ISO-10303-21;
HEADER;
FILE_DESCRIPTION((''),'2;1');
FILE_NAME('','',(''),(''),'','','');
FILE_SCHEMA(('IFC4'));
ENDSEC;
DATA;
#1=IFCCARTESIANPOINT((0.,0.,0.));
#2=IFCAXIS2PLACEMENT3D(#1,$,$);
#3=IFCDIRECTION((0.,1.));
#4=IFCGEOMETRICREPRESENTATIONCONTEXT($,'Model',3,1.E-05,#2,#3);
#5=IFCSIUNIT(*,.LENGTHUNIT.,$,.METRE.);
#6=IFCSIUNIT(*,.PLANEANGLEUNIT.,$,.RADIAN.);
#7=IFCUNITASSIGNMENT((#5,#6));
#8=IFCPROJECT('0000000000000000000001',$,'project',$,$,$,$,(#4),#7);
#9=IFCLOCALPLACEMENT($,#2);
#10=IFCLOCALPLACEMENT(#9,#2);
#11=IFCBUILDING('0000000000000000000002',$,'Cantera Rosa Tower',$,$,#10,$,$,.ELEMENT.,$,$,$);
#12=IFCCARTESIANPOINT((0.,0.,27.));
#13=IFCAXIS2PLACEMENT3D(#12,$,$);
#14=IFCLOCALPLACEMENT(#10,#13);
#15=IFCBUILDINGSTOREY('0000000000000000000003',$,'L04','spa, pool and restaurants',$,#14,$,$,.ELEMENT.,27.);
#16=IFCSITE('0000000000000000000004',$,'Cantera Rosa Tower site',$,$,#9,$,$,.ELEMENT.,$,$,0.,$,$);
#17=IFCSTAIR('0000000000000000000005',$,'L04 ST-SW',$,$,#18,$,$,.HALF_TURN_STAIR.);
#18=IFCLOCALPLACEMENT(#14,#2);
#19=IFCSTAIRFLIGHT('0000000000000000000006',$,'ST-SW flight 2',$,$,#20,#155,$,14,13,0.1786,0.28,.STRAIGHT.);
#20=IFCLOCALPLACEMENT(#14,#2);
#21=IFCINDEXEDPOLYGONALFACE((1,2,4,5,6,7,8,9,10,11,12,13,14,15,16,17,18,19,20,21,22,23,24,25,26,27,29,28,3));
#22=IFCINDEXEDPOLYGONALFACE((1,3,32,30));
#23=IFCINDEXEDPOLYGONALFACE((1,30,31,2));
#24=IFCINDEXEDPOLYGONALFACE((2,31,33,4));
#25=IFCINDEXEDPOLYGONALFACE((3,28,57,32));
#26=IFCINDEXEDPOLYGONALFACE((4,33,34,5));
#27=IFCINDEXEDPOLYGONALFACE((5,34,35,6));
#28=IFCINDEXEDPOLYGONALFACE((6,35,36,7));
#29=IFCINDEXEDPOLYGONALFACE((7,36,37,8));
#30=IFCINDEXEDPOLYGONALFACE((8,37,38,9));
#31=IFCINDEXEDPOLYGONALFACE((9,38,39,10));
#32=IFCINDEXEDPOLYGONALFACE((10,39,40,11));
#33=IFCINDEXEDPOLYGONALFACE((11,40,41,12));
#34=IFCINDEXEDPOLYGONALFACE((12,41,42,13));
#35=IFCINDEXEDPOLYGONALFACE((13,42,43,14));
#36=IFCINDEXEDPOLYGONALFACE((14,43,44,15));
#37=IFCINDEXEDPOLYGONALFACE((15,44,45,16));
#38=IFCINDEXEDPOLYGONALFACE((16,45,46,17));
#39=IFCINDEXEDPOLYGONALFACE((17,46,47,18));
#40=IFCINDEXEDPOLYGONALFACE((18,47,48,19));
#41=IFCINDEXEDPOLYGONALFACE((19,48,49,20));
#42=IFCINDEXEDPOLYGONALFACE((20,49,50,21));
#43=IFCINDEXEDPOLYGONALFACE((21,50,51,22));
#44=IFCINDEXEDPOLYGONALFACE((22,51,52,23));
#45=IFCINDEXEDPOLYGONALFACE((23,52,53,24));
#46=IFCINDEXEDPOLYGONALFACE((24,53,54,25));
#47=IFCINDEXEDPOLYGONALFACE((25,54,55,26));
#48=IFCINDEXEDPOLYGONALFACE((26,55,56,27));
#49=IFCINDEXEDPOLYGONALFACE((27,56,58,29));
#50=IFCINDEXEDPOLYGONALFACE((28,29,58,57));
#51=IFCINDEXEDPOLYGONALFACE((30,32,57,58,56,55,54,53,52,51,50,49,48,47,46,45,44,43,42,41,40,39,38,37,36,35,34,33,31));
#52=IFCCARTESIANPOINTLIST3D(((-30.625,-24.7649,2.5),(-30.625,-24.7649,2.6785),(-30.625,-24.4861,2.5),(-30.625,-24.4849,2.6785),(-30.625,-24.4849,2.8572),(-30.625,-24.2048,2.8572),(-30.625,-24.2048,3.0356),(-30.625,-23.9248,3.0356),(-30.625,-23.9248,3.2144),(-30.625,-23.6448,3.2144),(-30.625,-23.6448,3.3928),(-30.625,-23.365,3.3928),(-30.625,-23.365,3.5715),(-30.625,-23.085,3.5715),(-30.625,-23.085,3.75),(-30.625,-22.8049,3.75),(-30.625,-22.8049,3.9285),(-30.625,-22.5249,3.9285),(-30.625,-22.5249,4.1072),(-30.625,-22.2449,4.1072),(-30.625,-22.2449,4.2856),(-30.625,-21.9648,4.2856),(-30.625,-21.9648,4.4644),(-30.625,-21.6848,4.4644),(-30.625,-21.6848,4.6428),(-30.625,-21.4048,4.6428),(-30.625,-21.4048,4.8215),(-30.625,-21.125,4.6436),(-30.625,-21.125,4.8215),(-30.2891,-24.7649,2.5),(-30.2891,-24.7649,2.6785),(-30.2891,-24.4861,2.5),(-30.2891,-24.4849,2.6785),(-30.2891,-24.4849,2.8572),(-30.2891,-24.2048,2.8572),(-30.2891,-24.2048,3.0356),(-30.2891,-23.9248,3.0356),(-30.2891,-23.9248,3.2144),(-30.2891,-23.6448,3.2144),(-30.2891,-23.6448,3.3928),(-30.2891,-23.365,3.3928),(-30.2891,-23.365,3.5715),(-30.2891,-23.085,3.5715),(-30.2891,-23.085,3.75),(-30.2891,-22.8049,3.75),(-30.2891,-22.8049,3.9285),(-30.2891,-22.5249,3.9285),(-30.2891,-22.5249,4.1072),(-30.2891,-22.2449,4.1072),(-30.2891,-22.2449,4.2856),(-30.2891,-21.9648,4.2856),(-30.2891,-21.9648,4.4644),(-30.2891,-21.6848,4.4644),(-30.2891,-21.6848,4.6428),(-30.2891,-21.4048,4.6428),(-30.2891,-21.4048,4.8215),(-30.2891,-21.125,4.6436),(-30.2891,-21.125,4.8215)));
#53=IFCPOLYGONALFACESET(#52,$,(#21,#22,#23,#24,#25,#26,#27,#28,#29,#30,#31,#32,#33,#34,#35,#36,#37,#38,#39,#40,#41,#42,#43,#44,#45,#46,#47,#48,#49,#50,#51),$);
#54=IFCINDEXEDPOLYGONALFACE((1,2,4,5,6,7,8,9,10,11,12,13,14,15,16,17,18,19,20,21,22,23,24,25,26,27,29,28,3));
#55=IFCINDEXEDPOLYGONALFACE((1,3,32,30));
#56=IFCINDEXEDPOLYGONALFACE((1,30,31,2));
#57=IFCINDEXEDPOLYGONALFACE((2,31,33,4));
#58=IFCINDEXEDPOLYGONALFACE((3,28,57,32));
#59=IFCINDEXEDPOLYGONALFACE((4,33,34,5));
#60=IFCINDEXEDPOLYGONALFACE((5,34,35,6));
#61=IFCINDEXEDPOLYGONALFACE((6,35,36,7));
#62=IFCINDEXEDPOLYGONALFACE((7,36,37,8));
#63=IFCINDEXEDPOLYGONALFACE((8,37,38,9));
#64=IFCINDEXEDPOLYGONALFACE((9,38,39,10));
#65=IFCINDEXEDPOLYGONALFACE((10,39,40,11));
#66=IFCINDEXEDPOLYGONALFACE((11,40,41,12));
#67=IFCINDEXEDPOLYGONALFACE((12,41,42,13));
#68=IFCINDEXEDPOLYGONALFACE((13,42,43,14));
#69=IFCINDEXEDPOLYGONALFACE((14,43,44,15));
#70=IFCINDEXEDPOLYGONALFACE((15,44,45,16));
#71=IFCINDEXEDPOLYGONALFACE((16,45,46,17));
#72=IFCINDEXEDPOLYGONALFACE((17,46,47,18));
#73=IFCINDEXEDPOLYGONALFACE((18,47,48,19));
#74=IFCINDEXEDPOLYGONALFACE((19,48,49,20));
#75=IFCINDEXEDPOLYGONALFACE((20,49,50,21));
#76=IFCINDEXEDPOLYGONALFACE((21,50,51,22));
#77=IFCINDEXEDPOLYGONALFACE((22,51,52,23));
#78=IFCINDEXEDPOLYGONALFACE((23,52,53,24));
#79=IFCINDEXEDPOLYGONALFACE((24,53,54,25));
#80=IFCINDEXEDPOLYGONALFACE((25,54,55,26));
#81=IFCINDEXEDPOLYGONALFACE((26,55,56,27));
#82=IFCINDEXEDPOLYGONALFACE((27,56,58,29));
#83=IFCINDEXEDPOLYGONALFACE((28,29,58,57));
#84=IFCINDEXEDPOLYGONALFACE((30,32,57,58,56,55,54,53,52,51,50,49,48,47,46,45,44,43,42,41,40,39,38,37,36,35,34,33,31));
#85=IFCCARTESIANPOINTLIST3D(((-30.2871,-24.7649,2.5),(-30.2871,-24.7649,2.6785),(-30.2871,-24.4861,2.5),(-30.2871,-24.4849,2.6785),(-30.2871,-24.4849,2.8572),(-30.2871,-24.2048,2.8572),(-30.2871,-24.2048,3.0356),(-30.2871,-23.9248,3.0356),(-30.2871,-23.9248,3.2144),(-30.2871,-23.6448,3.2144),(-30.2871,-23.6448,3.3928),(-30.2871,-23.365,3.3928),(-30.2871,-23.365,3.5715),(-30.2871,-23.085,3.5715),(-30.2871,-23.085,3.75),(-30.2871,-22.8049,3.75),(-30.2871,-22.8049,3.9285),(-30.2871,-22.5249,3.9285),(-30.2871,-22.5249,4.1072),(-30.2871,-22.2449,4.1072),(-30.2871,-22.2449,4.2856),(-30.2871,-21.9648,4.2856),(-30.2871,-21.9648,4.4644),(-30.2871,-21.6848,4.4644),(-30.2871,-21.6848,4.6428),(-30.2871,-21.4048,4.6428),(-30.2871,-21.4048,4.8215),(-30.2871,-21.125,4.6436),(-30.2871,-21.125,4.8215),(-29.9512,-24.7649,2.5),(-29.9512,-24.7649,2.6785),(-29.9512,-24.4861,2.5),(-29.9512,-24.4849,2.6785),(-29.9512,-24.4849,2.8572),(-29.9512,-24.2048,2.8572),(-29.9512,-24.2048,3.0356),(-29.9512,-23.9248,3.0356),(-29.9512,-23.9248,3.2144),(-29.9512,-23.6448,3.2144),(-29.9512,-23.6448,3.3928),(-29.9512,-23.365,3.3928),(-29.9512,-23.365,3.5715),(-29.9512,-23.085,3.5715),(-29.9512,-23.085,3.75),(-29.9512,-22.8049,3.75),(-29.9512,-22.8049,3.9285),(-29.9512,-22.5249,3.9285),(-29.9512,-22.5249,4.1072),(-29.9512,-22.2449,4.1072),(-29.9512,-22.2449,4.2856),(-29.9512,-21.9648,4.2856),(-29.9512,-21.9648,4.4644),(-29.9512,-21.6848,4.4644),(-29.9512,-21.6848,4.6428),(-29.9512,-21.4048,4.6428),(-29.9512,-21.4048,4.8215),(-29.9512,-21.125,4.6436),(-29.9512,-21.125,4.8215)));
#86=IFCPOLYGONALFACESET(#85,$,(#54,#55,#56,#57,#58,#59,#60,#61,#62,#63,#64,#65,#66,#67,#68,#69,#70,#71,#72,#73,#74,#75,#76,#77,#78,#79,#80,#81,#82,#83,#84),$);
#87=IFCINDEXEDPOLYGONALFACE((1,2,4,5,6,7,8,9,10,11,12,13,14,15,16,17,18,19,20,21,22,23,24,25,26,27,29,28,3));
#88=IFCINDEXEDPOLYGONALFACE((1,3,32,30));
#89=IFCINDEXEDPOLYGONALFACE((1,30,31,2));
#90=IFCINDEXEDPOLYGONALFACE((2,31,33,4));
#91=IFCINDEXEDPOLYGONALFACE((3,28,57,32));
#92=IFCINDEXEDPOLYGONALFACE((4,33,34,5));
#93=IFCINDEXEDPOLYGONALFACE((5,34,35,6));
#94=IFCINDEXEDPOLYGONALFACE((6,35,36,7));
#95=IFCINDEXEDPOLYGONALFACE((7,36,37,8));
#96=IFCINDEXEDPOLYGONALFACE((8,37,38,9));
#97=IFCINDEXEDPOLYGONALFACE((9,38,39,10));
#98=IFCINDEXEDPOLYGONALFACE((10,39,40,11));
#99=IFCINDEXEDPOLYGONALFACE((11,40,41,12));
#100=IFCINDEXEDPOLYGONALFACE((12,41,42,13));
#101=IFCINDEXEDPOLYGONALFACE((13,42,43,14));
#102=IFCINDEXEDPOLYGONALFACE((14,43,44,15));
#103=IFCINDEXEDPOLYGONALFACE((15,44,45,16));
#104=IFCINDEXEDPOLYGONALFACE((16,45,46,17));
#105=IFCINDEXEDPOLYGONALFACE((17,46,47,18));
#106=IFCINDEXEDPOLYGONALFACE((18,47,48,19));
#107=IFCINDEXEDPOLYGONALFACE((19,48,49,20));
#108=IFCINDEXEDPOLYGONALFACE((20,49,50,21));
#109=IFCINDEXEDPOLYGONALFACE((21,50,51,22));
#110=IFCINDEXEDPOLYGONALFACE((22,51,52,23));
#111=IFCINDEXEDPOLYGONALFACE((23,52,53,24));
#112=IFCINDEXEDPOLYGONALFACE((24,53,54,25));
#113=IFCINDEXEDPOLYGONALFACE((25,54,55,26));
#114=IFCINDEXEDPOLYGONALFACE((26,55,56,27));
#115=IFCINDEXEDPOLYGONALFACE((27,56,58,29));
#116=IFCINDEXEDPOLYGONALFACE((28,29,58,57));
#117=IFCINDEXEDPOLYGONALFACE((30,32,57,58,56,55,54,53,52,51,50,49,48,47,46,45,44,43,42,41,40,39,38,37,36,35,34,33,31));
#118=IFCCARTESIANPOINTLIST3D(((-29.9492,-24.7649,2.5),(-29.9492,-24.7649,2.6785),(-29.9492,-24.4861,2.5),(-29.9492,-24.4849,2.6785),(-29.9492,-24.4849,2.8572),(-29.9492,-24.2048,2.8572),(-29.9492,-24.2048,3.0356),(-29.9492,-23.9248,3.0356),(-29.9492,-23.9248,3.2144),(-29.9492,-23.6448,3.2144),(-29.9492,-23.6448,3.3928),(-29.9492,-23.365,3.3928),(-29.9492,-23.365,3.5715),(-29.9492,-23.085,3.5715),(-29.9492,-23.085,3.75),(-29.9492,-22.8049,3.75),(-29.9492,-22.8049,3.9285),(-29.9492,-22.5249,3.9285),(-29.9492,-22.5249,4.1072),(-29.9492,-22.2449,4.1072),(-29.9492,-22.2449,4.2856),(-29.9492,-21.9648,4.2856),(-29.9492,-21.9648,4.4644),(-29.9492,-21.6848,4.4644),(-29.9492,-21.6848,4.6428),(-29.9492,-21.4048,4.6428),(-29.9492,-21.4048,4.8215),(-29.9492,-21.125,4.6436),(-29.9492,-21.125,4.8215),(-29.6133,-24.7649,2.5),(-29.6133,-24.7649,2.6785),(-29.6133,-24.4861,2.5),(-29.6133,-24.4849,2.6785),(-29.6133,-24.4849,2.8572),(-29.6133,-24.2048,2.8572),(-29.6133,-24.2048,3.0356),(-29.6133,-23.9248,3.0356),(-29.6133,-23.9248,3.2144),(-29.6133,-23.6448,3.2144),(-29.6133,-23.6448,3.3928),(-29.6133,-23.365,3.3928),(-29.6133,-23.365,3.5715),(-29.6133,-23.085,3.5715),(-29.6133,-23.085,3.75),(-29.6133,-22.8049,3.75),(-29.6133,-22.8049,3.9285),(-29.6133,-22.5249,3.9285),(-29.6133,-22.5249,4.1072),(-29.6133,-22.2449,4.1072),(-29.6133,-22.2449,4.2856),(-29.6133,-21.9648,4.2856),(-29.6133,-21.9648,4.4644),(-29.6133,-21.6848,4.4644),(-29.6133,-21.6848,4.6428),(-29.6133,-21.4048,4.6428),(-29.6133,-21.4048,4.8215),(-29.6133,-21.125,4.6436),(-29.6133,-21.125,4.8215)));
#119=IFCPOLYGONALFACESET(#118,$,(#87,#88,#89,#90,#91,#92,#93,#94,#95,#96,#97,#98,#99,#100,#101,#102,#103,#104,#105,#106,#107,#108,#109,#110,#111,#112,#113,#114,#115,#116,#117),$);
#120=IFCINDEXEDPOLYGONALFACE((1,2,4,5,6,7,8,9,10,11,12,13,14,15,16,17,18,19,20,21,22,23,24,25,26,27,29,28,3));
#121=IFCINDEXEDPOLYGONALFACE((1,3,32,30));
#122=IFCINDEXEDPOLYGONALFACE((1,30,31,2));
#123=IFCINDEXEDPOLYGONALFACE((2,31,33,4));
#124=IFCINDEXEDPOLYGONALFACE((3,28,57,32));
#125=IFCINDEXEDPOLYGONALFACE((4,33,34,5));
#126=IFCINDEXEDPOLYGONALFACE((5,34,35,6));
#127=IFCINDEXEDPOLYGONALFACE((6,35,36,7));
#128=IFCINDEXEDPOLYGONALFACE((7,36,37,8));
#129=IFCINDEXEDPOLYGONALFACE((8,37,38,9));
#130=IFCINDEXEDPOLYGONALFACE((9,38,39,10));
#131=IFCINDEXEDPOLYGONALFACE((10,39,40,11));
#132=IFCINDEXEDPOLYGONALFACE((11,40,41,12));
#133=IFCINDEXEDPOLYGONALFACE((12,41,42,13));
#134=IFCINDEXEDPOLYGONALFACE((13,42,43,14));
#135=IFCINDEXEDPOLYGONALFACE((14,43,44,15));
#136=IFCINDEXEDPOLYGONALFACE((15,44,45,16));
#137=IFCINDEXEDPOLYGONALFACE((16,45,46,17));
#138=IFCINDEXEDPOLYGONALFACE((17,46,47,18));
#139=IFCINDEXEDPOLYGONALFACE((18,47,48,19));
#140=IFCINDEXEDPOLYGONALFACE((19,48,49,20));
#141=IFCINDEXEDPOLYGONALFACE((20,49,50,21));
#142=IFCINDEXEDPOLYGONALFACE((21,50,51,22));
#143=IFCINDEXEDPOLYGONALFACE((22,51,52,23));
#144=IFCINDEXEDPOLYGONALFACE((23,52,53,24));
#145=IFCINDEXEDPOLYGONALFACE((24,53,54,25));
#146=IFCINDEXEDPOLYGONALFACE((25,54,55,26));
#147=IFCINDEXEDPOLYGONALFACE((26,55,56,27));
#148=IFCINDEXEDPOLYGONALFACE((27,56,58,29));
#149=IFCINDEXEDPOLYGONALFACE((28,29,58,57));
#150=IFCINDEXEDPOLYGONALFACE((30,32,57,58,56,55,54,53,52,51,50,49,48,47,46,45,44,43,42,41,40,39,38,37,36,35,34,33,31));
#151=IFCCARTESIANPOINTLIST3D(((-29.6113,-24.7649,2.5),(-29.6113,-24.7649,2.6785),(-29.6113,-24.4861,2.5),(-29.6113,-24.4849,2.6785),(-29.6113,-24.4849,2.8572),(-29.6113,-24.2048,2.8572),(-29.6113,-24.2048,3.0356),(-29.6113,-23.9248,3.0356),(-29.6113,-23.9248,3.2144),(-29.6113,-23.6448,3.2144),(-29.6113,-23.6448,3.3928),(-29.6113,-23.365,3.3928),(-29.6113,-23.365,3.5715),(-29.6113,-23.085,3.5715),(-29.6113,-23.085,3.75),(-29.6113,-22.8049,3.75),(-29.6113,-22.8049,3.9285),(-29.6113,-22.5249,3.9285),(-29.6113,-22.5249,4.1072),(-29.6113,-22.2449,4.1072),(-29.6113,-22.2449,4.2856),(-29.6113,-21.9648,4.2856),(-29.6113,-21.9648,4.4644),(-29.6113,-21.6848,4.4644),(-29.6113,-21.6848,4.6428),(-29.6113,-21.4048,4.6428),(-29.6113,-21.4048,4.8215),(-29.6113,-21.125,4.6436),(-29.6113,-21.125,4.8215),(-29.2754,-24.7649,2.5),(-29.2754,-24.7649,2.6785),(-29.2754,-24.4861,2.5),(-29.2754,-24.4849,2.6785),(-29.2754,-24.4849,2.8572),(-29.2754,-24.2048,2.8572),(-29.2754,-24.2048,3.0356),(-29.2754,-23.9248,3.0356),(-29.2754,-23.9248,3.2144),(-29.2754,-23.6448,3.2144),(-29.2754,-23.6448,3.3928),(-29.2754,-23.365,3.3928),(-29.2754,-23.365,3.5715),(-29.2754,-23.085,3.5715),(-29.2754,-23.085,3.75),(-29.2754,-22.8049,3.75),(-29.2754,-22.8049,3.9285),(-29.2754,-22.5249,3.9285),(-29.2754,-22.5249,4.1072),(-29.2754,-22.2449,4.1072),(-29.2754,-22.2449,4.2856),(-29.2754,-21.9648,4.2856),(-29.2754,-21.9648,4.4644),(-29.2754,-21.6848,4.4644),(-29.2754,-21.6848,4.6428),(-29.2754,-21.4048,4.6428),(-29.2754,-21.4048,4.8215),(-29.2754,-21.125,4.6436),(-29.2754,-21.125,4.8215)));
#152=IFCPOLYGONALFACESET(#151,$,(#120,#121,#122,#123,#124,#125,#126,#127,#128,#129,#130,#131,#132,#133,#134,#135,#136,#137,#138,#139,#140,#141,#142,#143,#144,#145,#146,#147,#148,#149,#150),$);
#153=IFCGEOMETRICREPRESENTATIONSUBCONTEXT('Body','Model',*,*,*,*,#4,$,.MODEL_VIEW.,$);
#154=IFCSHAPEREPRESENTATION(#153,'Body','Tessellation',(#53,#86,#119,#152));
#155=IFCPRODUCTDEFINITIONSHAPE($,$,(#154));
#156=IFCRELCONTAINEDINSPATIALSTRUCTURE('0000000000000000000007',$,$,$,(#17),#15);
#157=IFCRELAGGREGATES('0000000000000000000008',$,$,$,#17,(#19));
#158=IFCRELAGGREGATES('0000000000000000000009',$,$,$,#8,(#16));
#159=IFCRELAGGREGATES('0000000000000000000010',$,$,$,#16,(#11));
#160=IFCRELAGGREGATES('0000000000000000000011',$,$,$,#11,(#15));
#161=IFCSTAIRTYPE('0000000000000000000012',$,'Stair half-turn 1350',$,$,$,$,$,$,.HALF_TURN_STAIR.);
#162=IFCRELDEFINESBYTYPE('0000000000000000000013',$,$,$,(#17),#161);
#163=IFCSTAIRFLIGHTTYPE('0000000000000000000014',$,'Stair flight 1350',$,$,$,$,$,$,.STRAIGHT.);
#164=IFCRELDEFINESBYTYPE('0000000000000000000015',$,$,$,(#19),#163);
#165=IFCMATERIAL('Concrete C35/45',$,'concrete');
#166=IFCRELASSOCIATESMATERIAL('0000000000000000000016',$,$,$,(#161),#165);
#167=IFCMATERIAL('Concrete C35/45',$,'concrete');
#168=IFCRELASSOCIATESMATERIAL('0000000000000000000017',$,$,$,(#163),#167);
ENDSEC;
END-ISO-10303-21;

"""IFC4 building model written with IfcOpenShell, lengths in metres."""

from ifc_helpers import new_model, si_unit, direction, frame, origin, place, context, subcontext, project, spatial, polyline, outline, extrude, material, type_object, element, aggregate, save


model = new_model("IFC4")

# Units and contexts
model_context = context("Model", 3, precision=1e-05, world=origin(), true_north=direction((0.0, 1.0)))
body_context = subcontext(model_context, "Body", "Model", "MODEL_VIEW")
ifc_project = project(units=[si_unit("LENGTHUNIT", "METRE"), si_unit("PLANEANGLEUNIT", "RADIAN")], contexts=[model_context])

# Site, building, storey
site_placement = place(None, origin())
site = spatial("IfcSite", under=ifc_project, at=site_placement, Name="Cantera Rosa Tower site", CompositionType="ELEMENT", RefElevation=0.0)
building_placement = place(site_placement, origin())
building = spatial("IfcBuilding", under=site, at=building_placement, Name="Cantera Rosa Tower", CompositionType="ELEMENT")
storey_placement = place(building_placement, frame((0.0, 0.0, 27.0)))
storey = spatial("IfcBuildingStorey", under=building, at=storey_placement, Name="L04", Description="spa, pool and restaurants", CompositionType="ELEMENT", Elevation=27.0)

# Stair, stair flight
ifc_material_1 = material(Name="Concrete C35/45", Category="concrete")
stair_type = type_object("IfcStairType", Name="Stair half-turn 1350", PredefinedType="HALF_TURN_STAIR", material=ifc_material_1)
stair_placement = place(storey_placement, origin())
stair = element("IfcStair", 1, at=stair_placement, inside=storey, type_object=stair_type, Name="L04 ST-SW", PredefinedType="HALF_TURN_STAIR")
ifc_material_2 = material(Name="Concrete C35/45", Category="concrete")
stair_flight_type = type_object("IfcStairFlightType", Name="Stair flight 1350", PredefinedType="STRAIGHT", material=ifc_material_2)
stair_flight_1_placement = place(storey_placement, frame((-29.95, -24.7649, 2.5), z_axis=(0.0, 0.0, 1.0), x_axis=(0.0, 1.0, 0.0)))
stair_flight_1 = element("IfcStairFlight", 2, at=stair_flight_1_placement, type_object=stair_flight_type, Name="ST-SW flight 2", NumberOfRisers=14, NumberOfTreads=13, PredefinedType="STRAIGHT", RiserHeight=0.1786, TreadLength=0.28, context=body_context, shape_type="SweptSolid", body=[
    extrude(outline(polyline([(0.0, 0.0), (0.0, 0.1785), (0.28, 0.1785), (0.28, 0.3572), (0.5601, 0.3572), (0.5601, 0.5356), (0.8401, 0.5356), (0.8401, 0.7144), (1.1201, 0.7144), (1.1201, 0.8928), (1.3999, 0.8928), (1.3999, 1.0715), (1.6799, 1.0715), (1.6799, 1.25), (1.96, 1.25), (1.96, 1.4285), (2.24, 1.4285), (2.24, 1.6072), (2.52, 1.6072), (2.52, 1.7856), (2.8, 1.7856), (2.8, 1.9644), (3.0801, 1.9644), (3.0801, 2.1428), (3.3601, 2.1428), (3.3601, 2.3215), (3.6399, 2.3215), (3.6399, 2.5), (3.6399, 2.1436), (0.2788, 0.0), (0.0, 0.0)])), frame((0.0, 0.675, 0.0), z_axis=(0.0, -1.0, 0.0), x_axis=(1.0, 0.0, 0.0)), (0.0, 0.0, 1.0), 0.3359),
    extrude(outline(polyline([(0.0, 0.0), (0.0, 0.1785), (0.28, 0.1785), (0.28, 0.3572), (0.5601, 0.3572), (0.5601, 0.5356), (0.8401, 0.5356), (0.8401, 0.7144), (1.1201, 0.7144), (1.1201, 0.8928), (1.3999, 0.8928), (1.3999, 1.0715), (1.6799, 1.0715), (1.6799, 1.25), (1.96, 1.25), (1.96, 1.4285), (2.24, 1.4285), (2.24, 1.6072), (2.52, 1.6072), (2.52, 1.7856), (2.8, 1.7856), (2.8, 1.9644), (3.0801, 1.9644), (3.0801, 2.1428), (3.3601, 2.1428), (3.3601, 2.3215), (3.6399, 2.3215), (3.6399, 2.5), (3.6399, 2.1436), (0.2788, 0.0), (0.0, 0.0)])), frame((0.0, 0.3372, 0.0), z_axis=(0.0, -1.0, 0.0), x_axis=(1.0, 0.0, 0.0)), (0.0, 0.0, 1.0), 0.3359),
    extrude(outline(polyline([(0.0, 0.0), (0.0, 0.1785), (0.28, 0.1785), (0.28, 0.3572), (0.5601, 0.3572), (0.5601, 0.5356), (0.8401, 0.5356), (0.8401, 0.7144), (1.1201, 0.7144), (1.1201, 0.8928), (1.3999, 0.8928), (1.3999, 1.0715), (1.6799, 1.0715), (1.6799, 1.25), (1.96, 1.25), (1.96, 1.4285), (2.24, 1.4285), (2.24, 1.6072), (2.52, 1.6072), (2.52, 1.7856), (2.8, 1.7856), (2.8, 1.9644), (3.0801, 1.9644), (3.0801, 2.1428), (3.3601, 2.1428), (3.3601, 2.3215), (3.6399, 2.3215), (3.6399, 2.5), (3.6399, 2.1436), (0.2788, 0.0), (0.0, 0.0)])), frame((0.0, -0.0007, 0.0), z_axis=(0.0, -1.0, 0.0), x_axis=(1.0, 0.0, 0.0)), (0.0, 0.0, 1.0), 0.3359),
    extrude(outline(polyline([(0.0, 0.0), (0.0, 0.1785), (0.28, 0.1785), (0.28, 0.3572), (0.5601, 0.3572), (0.5601, 0.5356), (0.8401, 0.5356), (0.8401, 0.7144), (1.1201, 0.7144), (1.1201, 0.8928), (1.3999, 0.8928), (1.3999, 1.0715), (1.6799, 1.0715), (1.6799, 1.25), (1.96, 1.25), (1.96, 1.4285), (2.24, 1.4285), (2.24, 1.6072), (2.52, 1.6072), (2.52, 1.7856), (2.8, 1.7856), (2.8, 1.9644), (3.0801, 1.9644), (3.0801, 2.1428), (3.3601, 2.1428), (3.3601, 2.3215), (3.6399, 2.3215), (3.6399, 2.5), (3.6399, 2.1436), (0.2788, 0.0), (0.0, 0.0)])), frame((0.0, -0.3386, 0.0), z_axis=(0.0, -1.0, 0.0), x_axis=(1.0, 0.0, 0.0)), (0.0, 0.0, 1.0), 0.3359),
])
aggregate(stair, [stair_flight_1])

save(model, "model.ifc")
